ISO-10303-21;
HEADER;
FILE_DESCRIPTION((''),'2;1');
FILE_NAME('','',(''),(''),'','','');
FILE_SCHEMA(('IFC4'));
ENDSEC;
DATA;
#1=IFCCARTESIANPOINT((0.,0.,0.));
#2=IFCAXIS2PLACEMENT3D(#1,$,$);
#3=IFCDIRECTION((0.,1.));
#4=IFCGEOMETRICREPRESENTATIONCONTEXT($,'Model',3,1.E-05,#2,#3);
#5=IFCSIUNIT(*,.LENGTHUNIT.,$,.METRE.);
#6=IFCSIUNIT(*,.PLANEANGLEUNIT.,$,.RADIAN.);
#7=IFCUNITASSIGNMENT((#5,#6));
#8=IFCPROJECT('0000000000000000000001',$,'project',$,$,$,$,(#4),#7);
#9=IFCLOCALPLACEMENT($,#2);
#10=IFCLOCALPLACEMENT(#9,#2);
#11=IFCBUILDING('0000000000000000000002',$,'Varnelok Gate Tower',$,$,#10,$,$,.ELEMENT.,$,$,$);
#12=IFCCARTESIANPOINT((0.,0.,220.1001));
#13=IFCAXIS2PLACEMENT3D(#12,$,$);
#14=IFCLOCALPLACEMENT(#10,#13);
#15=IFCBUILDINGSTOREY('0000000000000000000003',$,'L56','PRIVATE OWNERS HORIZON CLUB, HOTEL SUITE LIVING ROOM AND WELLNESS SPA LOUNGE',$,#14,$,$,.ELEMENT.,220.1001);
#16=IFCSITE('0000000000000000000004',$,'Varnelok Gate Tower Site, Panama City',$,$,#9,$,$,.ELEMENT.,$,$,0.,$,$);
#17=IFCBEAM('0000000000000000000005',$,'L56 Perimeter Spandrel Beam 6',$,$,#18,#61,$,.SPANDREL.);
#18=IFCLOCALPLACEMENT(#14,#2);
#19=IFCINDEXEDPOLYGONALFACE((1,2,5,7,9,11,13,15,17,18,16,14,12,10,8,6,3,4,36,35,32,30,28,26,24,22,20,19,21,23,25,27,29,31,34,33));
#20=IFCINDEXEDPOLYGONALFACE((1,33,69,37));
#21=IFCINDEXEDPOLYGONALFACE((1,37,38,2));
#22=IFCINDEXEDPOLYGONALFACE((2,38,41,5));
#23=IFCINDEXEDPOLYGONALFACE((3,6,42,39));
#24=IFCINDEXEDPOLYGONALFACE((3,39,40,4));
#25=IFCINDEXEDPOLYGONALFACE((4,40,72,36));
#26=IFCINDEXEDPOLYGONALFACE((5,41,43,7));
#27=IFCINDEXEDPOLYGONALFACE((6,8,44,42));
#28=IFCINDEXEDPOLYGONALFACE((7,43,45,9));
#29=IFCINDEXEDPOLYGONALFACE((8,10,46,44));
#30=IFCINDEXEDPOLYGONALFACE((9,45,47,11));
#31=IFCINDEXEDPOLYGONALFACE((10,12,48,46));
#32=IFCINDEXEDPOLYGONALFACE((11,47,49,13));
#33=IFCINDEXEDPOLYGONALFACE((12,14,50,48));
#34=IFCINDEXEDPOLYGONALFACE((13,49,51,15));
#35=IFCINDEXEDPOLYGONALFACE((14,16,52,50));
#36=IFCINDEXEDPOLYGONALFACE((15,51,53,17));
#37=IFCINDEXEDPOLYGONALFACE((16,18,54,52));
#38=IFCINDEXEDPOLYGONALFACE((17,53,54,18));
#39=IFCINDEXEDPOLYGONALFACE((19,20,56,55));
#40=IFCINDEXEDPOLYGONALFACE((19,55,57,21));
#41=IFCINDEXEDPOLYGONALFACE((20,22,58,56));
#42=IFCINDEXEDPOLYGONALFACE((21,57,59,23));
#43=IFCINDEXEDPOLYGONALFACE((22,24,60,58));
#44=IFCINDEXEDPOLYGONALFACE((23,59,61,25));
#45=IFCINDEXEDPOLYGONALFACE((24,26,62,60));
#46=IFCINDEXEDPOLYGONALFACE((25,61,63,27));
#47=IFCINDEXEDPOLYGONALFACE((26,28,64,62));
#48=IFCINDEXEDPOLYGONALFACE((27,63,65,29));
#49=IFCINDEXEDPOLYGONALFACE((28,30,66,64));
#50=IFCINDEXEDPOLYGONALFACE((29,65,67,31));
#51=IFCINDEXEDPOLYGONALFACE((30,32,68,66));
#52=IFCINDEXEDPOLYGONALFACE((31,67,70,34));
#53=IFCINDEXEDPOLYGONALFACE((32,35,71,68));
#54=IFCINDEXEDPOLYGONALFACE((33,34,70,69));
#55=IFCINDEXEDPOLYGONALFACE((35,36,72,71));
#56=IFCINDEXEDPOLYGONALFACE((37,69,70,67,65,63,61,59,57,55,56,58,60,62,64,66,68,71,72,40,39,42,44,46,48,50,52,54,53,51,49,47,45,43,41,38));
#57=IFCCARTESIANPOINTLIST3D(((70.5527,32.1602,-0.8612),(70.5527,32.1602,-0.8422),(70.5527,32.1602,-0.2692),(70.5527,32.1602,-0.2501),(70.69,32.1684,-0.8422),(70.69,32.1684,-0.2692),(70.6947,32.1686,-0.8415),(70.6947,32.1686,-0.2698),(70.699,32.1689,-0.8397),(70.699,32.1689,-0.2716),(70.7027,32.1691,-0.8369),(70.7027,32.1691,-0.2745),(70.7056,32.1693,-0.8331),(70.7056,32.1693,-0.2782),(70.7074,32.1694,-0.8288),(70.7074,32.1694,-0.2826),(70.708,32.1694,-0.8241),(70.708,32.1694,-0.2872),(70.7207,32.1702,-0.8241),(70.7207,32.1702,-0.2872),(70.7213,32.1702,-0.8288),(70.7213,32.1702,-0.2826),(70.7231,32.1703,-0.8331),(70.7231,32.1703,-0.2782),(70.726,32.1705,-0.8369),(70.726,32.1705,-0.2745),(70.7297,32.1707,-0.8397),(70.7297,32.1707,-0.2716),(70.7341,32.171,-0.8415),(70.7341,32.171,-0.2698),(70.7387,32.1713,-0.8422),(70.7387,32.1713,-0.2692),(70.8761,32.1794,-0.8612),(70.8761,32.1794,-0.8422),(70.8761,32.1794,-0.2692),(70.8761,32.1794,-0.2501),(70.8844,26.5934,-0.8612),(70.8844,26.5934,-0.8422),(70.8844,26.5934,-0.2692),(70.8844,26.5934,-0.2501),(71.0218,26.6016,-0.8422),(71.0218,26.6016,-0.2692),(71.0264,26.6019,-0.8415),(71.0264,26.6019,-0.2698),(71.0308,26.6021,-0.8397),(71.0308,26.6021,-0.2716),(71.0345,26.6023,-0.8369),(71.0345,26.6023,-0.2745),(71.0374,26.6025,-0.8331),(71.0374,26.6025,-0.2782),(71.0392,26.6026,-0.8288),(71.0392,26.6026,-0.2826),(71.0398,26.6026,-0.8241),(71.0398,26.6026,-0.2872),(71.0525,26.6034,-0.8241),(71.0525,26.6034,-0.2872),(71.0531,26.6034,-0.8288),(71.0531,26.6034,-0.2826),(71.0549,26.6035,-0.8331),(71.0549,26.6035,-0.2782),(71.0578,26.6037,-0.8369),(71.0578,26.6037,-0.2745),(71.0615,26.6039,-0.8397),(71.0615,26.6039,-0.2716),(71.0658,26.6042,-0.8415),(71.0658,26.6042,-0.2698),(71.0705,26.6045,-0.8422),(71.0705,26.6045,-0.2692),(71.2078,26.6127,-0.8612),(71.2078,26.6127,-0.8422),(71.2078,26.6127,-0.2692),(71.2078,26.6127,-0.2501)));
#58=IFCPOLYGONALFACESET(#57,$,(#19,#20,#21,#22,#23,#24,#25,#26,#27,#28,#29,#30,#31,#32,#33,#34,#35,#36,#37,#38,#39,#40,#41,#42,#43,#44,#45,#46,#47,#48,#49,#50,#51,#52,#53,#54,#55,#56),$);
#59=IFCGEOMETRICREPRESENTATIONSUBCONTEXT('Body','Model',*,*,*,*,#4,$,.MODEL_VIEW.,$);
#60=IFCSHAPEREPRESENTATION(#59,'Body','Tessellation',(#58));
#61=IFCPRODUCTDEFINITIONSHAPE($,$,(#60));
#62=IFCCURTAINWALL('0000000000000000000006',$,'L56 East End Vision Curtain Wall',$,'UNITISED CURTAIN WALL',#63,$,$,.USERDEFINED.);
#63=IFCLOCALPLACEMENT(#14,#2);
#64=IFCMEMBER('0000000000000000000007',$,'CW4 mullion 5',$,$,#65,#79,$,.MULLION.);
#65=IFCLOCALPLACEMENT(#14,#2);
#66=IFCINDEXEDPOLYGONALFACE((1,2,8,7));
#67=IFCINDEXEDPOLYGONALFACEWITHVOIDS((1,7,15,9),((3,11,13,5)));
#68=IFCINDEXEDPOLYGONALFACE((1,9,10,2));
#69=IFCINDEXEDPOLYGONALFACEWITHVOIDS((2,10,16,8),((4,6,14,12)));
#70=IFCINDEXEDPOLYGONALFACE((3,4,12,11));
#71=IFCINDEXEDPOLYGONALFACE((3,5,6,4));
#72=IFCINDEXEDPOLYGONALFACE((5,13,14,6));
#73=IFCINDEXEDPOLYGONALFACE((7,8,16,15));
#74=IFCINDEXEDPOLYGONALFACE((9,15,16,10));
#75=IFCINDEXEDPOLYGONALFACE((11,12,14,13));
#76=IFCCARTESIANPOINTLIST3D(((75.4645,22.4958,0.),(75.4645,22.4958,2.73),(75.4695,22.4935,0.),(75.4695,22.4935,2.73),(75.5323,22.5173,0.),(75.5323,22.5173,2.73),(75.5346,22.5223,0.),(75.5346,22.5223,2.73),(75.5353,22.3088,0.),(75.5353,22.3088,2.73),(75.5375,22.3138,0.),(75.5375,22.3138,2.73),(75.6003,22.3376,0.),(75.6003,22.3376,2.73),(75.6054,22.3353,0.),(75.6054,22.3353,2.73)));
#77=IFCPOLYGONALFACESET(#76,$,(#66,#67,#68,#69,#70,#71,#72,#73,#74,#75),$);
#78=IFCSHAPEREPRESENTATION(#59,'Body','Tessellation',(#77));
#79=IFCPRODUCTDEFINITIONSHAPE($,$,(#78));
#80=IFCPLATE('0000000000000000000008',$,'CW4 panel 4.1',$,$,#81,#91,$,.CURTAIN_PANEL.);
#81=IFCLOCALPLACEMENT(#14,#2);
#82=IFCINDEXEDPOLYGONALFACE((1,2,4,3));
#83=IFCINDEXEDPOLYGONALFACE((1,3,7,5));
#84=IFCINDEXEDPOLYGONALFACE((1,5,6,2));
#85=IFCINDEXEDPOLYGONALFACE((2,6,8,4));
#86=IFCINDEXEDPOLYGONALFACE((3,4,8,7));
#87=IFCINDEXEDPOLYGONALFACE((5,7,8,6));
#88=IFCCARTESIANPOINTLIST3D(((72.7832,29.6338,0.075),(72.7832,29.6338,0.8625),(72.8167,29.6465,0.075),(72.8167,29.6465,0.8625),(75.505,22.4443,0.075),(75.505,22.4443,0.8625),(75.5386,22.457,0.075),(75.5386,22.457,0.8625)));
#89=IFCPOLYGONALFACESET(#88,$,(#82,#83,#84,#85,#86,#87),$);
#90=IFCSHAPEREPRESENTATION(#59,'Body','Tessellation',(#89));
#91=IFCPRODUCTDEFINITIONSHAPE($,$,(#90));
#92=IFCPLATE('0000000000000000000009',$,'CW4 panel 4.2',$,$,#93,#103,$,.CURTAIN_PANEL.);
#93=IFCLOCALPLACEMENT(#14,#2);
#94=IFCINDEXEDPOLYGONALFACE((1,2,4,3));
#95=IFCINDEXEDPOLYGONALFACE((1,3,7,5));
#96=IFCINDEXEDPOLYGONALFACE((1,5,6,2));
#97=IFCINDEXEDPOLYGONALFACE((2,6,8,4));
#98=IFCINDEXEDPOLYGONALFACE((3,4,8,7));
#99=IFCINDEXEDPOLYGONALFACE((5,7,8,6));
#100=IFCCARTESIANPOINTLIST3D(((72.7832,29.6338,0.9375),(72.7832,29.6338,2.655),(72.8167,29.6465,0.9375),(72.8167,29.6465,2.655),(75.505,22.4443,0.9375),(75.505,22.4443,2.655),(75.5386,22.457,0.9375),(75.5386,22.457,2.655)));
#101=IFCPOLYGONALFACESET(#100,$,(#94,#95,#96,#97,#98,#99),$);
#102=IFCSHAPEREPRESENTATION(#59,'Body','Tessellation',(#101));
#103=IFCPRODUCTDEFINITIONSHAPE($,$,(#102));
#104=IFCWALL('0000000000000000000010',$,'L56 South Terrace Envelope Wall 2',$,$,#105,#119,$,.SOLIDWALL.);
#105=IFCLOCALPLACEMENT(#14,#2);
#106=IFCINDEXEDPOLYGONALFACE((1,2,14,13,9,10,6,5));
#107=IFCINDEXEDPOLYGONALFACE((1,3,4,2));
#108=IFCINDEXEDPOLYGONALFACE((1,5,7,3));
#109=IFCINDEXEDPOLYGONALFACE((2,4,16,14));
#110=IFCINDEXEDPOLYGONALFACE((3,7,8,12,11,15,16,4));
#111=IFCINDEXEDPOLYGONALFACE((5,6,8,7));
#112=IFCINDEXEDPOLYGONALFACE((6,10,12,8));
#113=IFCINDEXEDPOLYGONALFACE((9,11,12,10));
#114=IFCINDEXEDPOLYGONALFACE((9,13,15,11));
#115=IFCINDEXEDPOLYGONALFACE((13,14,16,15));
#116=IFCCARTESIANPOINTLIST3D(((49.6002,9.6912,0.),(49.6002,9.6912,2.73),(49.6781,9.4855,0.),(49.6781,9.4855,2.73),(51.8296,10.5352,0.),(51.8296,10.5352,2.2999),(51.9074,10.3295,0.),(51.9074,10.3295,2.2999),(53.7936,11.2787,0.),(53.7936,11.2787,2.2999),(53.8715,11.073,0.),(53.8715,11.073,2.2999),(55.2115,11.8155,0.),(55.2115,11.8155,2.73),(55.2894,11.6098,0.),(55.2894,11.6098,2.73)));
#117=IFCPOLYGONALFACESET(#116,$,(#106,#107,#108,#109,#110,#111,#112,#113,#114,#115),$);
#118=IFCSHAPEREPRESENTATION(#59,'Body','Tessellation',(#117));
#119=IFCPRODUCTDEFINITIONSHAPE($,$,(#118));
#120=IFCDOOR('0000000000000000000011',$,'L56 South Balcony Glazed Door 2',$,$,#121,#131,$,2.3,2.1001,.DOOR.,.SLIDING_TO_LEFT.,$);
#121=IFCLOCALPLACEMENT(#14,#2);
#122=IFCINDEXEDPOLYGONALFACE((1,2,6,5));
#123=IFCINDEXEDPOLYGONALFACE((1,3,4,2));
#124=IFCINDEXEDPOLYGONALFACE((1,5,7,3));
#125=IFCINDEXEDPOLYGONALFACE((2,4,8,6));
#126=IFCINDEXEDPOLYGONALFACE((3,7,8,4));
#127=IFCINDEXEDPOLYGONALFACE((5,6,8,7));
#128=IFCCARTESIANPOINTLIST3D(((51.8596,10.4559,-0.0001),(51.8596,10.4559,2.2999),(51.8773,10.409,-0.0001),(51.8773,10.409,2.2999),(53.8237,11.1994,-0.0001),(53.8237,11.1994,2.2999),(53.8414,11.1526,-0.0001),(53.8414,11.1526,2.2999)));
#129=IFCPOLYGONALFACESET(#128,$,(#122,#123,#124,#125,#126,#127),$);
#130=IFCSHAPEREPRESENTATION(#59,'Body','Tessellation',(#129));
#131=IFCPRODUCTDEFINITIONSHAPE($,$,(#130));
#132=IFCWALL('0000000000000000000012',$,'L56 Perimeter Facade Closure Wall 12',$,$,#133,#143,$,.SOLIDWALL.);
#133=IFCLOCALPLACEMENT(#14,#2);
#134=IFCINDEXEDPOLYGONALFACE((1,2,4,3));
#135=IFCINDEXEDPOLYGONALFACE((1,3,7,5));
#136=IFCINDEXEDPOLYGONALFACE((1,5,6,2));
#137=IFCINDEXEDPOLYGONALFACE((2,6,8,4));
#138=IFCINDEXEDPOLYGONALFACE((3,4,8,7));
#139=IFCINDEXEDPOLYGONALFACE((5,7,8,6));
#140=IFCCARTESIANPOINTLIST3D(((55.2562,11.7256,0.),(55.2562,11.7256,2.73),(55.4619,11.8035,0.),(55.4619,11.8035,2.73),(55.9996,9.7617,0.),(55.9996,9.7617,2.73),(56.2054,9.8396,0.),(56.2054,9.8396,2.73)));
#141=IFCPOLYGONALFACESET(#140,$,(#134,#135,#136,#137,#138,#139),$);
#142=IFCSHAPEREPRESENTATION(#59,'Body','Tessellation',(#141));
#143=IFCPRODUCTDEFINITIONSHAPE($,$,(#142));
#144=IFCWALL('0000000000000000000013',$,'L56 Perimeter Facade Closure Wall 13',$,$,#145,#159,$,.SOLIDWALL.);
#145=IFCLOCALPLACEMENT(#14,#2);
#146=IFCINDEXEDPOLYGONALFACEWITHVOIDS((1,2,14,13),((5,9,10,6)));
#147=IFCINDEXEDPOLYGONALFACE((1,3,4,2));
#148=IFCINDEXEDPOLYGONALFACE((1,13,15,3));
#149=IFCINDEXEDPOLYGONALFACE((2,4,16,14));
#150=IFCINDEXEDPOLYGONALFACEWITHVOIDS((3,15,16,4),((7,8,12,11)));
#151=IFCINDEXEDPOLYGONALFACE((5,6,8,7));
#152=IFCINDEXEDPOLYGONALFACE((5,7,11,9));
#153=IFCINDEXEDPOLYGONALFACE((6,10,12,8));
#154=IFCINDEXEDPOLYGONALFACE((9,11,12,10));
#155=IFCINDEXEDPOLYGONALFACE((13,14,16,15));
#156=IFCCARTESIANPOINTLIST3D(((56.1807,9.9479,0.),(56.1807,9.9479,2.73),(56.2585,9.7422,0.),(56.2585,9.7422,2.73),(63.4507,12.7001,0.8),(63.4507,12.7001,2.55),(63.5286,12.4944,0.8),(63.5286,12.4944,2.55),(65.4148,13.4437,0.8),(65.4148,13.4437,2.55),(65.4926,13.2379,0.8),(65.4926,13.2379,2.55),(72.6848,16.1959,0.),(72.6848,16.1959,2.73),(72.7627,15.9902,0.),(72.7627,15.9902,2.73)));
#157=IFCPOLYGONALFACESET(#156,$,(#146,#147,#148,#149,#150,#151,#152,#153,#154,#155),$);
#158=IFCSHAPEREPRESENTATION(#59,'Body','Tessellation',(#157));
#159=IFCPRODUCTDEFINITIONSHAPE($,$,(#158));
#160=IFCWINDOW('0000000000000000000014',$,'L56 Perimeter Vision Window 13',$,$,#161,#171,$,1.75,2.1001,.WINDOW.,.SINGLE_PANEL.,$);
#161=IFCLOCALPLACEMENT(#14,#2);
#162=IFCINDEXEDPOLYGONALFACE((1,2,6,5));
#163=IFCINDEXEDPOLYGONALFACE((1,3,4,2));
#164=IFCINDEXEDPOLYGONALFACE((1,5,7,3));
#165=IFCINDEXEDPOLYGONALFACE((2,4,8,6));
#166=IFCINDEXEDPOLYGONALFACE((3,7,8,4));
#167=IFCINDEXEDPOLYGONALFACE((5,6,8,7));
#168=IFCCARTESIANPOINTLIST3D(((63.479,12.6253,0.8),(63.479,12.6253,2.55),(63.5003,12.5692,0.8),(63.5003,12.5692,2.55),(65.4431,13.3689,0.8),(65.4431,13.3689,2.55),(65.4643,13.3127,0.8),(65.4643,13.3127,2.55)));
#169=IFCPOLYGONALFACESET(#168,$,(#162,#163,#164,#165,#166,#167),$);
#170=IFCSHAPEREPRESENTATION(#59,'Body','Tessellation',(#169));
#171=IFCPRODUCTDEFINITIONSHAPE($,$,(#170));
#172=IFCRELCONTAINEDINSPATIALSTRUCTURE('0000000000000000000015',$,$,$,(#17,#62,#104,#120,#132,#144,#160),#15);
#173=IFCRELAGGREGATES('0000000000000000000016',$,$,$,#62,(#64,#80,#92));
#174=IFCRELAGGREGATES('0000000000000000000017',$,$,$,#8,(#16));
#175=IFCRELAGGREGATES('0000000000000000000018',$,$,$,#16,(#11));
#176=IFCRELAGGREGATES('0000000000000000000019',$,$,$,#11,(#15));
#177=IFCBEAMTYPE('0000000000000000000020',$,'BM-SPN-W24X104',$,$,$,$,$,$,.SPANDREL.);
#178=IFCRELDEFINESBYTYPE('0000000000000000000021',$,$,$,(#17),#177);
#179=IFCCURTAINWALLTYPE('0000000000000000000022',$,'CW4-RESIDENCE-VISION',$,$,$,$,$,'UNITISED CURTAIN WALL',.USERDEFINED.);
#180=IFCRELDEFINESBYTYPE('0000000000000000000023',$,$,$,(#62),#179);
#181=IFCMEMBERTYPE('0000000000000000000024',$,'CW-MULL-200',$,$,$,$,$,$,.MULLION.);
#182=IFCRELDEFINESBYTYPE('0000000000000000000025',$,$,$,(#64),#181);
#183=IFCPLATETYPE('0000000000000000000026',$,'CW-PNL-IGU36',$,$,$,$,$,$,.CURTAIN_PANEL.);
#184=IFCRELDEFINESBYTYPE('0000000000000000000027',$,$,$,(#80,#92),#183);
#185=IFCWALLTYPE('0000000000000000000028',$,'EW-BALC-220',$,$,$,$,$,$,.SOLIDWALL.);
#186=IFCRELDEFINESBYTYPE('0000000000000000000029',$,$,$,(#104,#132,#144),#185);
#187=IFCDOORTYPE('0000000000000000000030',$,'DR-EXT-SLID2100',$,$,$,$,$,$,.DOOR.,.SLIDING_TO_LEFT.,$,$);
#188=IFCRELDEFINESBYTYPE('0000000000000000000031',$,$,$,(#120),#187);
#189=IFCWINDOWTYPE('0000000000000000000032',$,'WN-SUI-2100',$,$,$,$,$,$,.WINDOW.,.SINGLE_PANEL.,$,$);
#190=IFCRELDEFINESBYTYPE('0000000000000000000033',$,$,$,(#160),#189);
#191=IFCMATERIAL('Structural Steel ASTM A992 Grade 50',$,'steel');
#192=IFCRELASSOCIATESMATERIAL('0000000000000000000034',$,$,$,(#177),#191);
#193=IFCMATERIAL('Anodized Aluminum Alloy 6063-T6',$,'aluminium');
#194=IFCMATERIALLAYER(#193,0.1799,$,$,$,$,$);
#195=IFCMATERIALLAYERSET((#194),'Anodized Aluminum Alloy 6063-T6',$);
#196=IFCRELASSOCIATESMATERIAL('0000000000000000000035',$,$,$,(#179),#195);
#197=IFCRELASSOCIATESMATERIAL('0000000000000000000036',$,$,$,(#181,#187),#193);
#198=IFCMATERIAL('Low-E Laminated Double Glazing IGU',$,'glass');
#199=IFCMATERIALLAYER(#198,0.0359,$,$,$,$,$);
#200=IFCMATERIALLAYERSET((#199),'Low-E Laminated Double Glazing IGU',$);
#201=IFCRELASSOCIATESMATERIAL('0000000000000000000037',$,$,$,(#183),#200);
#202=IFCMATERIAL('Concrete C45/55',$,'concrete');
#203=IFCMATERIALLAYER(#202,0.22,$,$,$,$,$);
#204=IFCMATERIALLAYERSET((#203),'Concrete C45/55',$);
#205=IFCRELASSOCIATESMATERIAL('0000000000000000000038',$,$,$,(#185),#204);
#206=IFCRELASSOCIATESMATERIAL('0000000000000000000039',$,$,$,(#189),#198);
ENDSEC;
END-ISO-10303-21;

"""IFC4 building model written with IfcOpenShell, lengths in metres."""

from ifc_helpers import new_model, si_unit, direction, frame, frame_2d, origin, origin_2d, place, context, subcontext, project, spatial, rectangle, hollow_rectangle, i_section, extrude, source, transform, mapped, material, layer, layer_set, material_profile, profile_set, type_object, element, fill, aggregate, save


model = new_model("IFC4")

# Units and contexts
model_context = context("Model", 3, precision=1e-05, world=origin(), true_north=direction((0.0, 1.0)))
body_context = subcontext(model_context, "Body", "Model", "MODEL_VIEW")
ifc_project = project(units=[si_unit("LENGTHUNIT", "METRE"), si_unit("PLANEANGLEUNIT", "RADIAN")], contexts=[model_context])

# Site, building, storey
site_placement = place(None, origin())
site = spatial("IfcSite", under=ifc_project, at=site_placement, Name="Varnelok Gate Tower Site, Panama City", CompositionType="ELEMENT", RefElevation=0.0)
building_placement = place(site_placement, origin())
building = spatial("IfcBuilding", under=site, at=building_placement, Name="Varnelok Gate Tower", CompositionType="ELEMENT")
storey_placement = place(building_placement, frame((0.0, 0.0, 220.1001)))
storey = spatial("IfcBuildingStorey", under=building, at=storey_placement, Name="L56", Description="PRIVATE OWNERS HORIZON CLUB, HOTEL SUITE LIVING ROOM AND WELLNESS SPA LOUNGE", CompositionType="ELEMENT", Elevation=220.1001)

# Shared definitions
ifc_material_1 = material(Name="Structural Steel ASTM A992 Grade 50", Category="steel")

# Beam
ifc_material_profile_1 = material_profile(ifc_material_1, i_section(OverallWidth=0.324, OverallDepth=0.6111, WebThickness=0.0127, FlangeThickness=0.019, FilletRadius=0.0181, at=origin_2d()), Name="W24X104")
ifc_profile_set_1 = profile_set([ifc_material_profile_1], Name="Structural Steel ASTM A992 Grade 50")
beam_type_1 = type_object("IfcBeamType", Name="BM-SPN-W24X104", PredefinedType="SPANDREL", material=ifc_profile_set_1)
beam_1_placement = place(storey_placement, frame((71.0461, 26.603, -0.5557), z_axis=(-0.059494, 0.998229, 0.0), x_axis=(-0.998229, -0.059494, 0.0)))
element("IfcBeam", 1, at=beam_1_placement, inside=storey, type_object=beam_type_1, Name="L56 Perimeter Spandrel Beam 6", PredefinedType="SPANDREL", context=body_context, shape_type="SweptSolid", body=[
    extrude(i_section(OverallWidth=0.324, OverallDepth=0.6111, WebThickness=0.0127, FlangeThickness=0.019, FilletRadius=0.0181, at=origin_2d()), origin(), (0.0, 0.0, 1.0), 5.5767),
])

# Curtain wall, member, plates
ifc_material_2 = material(Name="Anodized Aluminum Alloy 6063-T6", Category="aluminium")
ifc_layer_1 = layer(ifc_material_2, 0.1799)
ifc_layer_set_1 = layer_set([ifc_layer_1], Name="Anodized Aluminum Alloy 6063-T6")
curtain_wall_type = type_object("IfcCurtainWallType", Name="CW4-RESIDENCE-VISION", ElementType="UNITISED CURTAIN WALL", PredefinedType="USERDEFINED", material=ifc_layer_set_1)
curtain_wall_placement = place(storey_placement, origin())
curtain_wall = element("IfcCurtainWall", 2, at=curtain_wall_placement, inside=storey, type_object=curtain_wall_type, Name="L56 East End Vision Curtain Wall", ObjectType="UNITISED CURTAIN WALL", PredefinedType="USERDEFINED")
ifc_material_profile_2 = material_profile(ifc_material_2, hollow_rectangle(XDim=0.075, YDim=0.2, WallThickness=0.0039, at=origin_2d()), Name="ALU200X75X4")
ifc_profile_set_2 = profile_set([ifc_material_profile_2], Name="Anodized Aluminum Alloy 6063-T6")
member_type = type_object("IfcMemberType", Name="CW-MULL-200", PredefinedType="MULLION", material=ifc_profile_set_2)
member_placement = place(storey_placement, frame((75.5349, 22.4155, 0.0), z_axis=(0.0, 0.0, 1.0), x_axis=(0.935222, 0.354063, 0.0)))
member = element("IfcMember", 3, at=member_placement, type_object=member_type, Name="CW4 mullion 5", PredefinedType="MULLION", context=body_context, shape_type="SweptSolid", body=[
    extrude(hollow_rectangle(XDim=0.075, YDim=0.2, WallThickness=0.0039, at=origin_2d()), origin(), (0.0, 0.0, 1.0), 2.73),
])
ifc_material_3 = material(Name="Low-E Laminated Double Glazing IGU", Category="glass")
ifc_layer_2 = layer(ifc_material_3, 0.0359)
ifc_layer_set_2 = layer_set([ifc_layer_2], Name="Low-E Laminated Double Glazing IGU")
plate_type = type_object("IfcPlateType", Name="CW-PNL-IGU36", PredefinedType="CURTAIN_PANEL", material=ifc_layer_set_2)
shared_shape_1 = source(origin(), body_context, "Body", "SweptSolid", [
    extrude(rectangle(XDim=7.6875, YDim=0.0359, at=origin_2d()), origin(), (0.0, 0.0, 1.0), 0.7876),
])
plate_1_placement = place(storey_placement, frame((74.1609, 26.0454, 0.075), z_axis=(0.0, 0.0, 1.0), x_axis=(0.354063, -0.935222, 0.0)))
plate_1 = element("IfcPlate", 4, at=plate_1_placement, type_object=plate_type, Name="CW4 panel 4.1", PredefinedType="CURTAIN_PANEL", context=body_context, shape_type="MappedRepresentation", body=[
    mapped(shared_shape_1, transform((0.0, 0.0, 0.0), scale=1.0)),
])
shared_shape_2 = source(origin(), body_context, "Body", "SweptSolid", [
    extrude(rectangle(XDim=7.6875, YDim=0.0359, at=origin_2d()), origin(), (0.0, 0.0, 1.0), 1.7175),
])
plate_2_placement = place(storey_placement, frame((74.1609, 26.0454, 0.9375), z_axis=(0.0, 0.0, 1.0), x_axis=(0.354063, -0.935222, 0.0)))
plate_2 = element("IfcPlate", 5, at=plate_2_placement, type_object=plate_type, Name="CW4 panel 4.2", PredefinedType="CURTAIN_PANEL", context=body_context, shape_type="MappedRepresentation", body=[
    mapped(shared_shape_2, transform((0.0, 0.0, 0.0), scale=1.0)),
])
aggregate(curtain_wall, [member, plate_1, plate_2])

# Wall, opening, door
ifc_material_4 = material(Name="Concrete C45/55", Category="concrete")
ifc_layer_3 = layer(ifc_material_4, 0.22)
ifc_layer_set_3 = layer_set([ifc_layer_3], Name="Concrete C45/55")
wall_type_1 = type_object("IfcWallType", Name="EW-BALC-220", PredefinedType="SOLIDWALL", material=ifc_layer_set_3)
wall_1_placement = place(storey_placement, frame((55.2505, 11.7126, 0.0), z_axis=(0.0, 0.0, 1.0), x_axis=(-0.935228, -0.354047, 0.0)))
wall_1 = element("IfcWall", 6, at=wall_1_placement, inside=storey, type_object=wall_type_1, Name="L56 South Terrace Envelope Wall 2", PredefinedType="SOLIDWALL", context=body_context, shape_type="SweptSolid", body=[
    extrude(rectangle(XDim=6.0, YDim=0.22, at=frame_2d((3.0, 0.0))), origin(), (0.0, 0.0, 1.0), 2.73),
])
opening_1_placement = place(wall_1_placement, frame((1.5161, 0.0, 0.0)))
opening_1 = element("IfcOpeningElement", 7, at=opening_1_placement, cuts=wall_1, PredefinedType="OPENING", context=body_context, shape_type="SweptSolid", body=[
    extrude(rectangle(XDim=2.1001, YDim=2.3, at=frame_2d((1.05, 1.1499))), frame((0.0, 0.1199, 0.0), z_axis=(0.0, -1.0, 0.0), x_axis=(1.0, 0.0, 0.0)), (0.0, 0.0, 1.0), 0.24),
])
door_type_1 = type_object("IfcDoorType", Name="DR-EXT-SLID2100", OperationType="SLIDING_TO_LEFT", PredefinedType="DOOR", material=ifc_material_2)
door_1_placement = place(opening_1_placement, origin())
door_1 = element("IfcDoor", 8, at=door_1_placement, inside=storey, type_object=door_type_1, Name="L56 South Balcony Glazed Door 2", OperationType="SLIDING_TO_LEFT", OverallHeight=2.3, OverallWidth=2.1001, PredefinedType="DOOR", context=body_context, shape_type="SweptSolid", body=[
    extrude(rectangle(XDim=2.1001, YDim=2.3, at=frame_2d((1.05, 1.1499))), frame((0.0, 0.0249, 0.0), z_axis=(0.0, -1.0, 0.0), x_axis=(1.0, 0.0, 0.0)), (0.0, 0.0, 1.0), 0.05),
])
fill(opening_1, door_1)

# Wall
wall_2_placement = place(storey_placement, frame((55.3591, 11.7644, 0.0), z_axis=(0.0, 0.0, 1.0), x_axis=(0.354027, -0.935235, 0.0)))
element("IfcWall", 9, at=wall_2_placement, inside=storey, type_object=wall_type_1, Name="L56 Perimeter Facade Closure Wall 12", PredefinedType="SOLIDWALL", context=body_context, shape_type="SweptSolid", body=[
    extrude(rectangle(XDim=2.0999, YDim=0.22, at=frame_2d((1.0498, 0.0))), origin(), (0.0, 0.0, 1.0), 2.73),
])

# Wall, opening, window
wall_3_placement = place(storey_placement, frame((56.2195, 9.845, 0.0), z_axis=(0.0, 0.0, 1.0), x_axis=(0.935226, 0.354052, 0.0)))
wall_3 = element("IfcWall", 10, at=wall_3_placement, inside=storey, type_object=wall_type_1, Name="L56 Perimeter Facade Closure Wall 13", PredefinedType="SOLIDWALL", context=body_context, shape_type="SweptSolid", body=[
    extrude(rectangle(XDim=17.6472, YDim=0.22, at=frame_2d((8.8237, 0.0))), origin(), (0.0, 0.0, 1.0), 2.73),
])
opening_2_placement = place(wall_3_placement, frame((7.7737, 0.0, 0.8)))
opening_2 = element("IfcOpeningElement", 11, at=opening_2_placement, cuts=wall_3, PredefinedType="OPENING", context=body_context, shape_type="SweptSolid", body=[
    extrude(rectangle(XDim=2.1001, YDim=1.75, at=frame_2d((1.05, 0.875))), frame((0.0, 0.1199, 0.0), z_axis=(0.0, -1.0, 0.0), x_axis=(1.0, 0.0, 0.0)), (0.0, 0.0, 1.0), 0.24),
])
window_type = type_object("IfcWindowType", Name="WN-SUI-2100", PartitioningType="SINGLE_PANEL", PredefinedType="WINDOW", material=ifc_material_3)
window_placement = place(opening_2_placement, origin())
window = element("IfcWindow", 12, at=window_placement, inside=storey, type_object=window_type, Name="L56 Perimeter Vision Window 13", OverallHeight=1.75, OverallWidth=2.1001, PartitioningType="SINGLE_PANEL", PredefinedType="WINDOW", context=body_context, shape_type="SweptSolid", body=[
    extrude(rectangle(XDim=2.1001, YDim=1.75, at=frame_2d((1.05, 0.875))), frame((0.0, 0.03, 0.0), z_axis=(0.0, -1.0, 0.0), x_axis=(1.0, 0.0, 0.0)), (0.0, 0.0, 1.0), 0.0601),
])
fill(opening_2, window)

save(model, "model.ifc")
